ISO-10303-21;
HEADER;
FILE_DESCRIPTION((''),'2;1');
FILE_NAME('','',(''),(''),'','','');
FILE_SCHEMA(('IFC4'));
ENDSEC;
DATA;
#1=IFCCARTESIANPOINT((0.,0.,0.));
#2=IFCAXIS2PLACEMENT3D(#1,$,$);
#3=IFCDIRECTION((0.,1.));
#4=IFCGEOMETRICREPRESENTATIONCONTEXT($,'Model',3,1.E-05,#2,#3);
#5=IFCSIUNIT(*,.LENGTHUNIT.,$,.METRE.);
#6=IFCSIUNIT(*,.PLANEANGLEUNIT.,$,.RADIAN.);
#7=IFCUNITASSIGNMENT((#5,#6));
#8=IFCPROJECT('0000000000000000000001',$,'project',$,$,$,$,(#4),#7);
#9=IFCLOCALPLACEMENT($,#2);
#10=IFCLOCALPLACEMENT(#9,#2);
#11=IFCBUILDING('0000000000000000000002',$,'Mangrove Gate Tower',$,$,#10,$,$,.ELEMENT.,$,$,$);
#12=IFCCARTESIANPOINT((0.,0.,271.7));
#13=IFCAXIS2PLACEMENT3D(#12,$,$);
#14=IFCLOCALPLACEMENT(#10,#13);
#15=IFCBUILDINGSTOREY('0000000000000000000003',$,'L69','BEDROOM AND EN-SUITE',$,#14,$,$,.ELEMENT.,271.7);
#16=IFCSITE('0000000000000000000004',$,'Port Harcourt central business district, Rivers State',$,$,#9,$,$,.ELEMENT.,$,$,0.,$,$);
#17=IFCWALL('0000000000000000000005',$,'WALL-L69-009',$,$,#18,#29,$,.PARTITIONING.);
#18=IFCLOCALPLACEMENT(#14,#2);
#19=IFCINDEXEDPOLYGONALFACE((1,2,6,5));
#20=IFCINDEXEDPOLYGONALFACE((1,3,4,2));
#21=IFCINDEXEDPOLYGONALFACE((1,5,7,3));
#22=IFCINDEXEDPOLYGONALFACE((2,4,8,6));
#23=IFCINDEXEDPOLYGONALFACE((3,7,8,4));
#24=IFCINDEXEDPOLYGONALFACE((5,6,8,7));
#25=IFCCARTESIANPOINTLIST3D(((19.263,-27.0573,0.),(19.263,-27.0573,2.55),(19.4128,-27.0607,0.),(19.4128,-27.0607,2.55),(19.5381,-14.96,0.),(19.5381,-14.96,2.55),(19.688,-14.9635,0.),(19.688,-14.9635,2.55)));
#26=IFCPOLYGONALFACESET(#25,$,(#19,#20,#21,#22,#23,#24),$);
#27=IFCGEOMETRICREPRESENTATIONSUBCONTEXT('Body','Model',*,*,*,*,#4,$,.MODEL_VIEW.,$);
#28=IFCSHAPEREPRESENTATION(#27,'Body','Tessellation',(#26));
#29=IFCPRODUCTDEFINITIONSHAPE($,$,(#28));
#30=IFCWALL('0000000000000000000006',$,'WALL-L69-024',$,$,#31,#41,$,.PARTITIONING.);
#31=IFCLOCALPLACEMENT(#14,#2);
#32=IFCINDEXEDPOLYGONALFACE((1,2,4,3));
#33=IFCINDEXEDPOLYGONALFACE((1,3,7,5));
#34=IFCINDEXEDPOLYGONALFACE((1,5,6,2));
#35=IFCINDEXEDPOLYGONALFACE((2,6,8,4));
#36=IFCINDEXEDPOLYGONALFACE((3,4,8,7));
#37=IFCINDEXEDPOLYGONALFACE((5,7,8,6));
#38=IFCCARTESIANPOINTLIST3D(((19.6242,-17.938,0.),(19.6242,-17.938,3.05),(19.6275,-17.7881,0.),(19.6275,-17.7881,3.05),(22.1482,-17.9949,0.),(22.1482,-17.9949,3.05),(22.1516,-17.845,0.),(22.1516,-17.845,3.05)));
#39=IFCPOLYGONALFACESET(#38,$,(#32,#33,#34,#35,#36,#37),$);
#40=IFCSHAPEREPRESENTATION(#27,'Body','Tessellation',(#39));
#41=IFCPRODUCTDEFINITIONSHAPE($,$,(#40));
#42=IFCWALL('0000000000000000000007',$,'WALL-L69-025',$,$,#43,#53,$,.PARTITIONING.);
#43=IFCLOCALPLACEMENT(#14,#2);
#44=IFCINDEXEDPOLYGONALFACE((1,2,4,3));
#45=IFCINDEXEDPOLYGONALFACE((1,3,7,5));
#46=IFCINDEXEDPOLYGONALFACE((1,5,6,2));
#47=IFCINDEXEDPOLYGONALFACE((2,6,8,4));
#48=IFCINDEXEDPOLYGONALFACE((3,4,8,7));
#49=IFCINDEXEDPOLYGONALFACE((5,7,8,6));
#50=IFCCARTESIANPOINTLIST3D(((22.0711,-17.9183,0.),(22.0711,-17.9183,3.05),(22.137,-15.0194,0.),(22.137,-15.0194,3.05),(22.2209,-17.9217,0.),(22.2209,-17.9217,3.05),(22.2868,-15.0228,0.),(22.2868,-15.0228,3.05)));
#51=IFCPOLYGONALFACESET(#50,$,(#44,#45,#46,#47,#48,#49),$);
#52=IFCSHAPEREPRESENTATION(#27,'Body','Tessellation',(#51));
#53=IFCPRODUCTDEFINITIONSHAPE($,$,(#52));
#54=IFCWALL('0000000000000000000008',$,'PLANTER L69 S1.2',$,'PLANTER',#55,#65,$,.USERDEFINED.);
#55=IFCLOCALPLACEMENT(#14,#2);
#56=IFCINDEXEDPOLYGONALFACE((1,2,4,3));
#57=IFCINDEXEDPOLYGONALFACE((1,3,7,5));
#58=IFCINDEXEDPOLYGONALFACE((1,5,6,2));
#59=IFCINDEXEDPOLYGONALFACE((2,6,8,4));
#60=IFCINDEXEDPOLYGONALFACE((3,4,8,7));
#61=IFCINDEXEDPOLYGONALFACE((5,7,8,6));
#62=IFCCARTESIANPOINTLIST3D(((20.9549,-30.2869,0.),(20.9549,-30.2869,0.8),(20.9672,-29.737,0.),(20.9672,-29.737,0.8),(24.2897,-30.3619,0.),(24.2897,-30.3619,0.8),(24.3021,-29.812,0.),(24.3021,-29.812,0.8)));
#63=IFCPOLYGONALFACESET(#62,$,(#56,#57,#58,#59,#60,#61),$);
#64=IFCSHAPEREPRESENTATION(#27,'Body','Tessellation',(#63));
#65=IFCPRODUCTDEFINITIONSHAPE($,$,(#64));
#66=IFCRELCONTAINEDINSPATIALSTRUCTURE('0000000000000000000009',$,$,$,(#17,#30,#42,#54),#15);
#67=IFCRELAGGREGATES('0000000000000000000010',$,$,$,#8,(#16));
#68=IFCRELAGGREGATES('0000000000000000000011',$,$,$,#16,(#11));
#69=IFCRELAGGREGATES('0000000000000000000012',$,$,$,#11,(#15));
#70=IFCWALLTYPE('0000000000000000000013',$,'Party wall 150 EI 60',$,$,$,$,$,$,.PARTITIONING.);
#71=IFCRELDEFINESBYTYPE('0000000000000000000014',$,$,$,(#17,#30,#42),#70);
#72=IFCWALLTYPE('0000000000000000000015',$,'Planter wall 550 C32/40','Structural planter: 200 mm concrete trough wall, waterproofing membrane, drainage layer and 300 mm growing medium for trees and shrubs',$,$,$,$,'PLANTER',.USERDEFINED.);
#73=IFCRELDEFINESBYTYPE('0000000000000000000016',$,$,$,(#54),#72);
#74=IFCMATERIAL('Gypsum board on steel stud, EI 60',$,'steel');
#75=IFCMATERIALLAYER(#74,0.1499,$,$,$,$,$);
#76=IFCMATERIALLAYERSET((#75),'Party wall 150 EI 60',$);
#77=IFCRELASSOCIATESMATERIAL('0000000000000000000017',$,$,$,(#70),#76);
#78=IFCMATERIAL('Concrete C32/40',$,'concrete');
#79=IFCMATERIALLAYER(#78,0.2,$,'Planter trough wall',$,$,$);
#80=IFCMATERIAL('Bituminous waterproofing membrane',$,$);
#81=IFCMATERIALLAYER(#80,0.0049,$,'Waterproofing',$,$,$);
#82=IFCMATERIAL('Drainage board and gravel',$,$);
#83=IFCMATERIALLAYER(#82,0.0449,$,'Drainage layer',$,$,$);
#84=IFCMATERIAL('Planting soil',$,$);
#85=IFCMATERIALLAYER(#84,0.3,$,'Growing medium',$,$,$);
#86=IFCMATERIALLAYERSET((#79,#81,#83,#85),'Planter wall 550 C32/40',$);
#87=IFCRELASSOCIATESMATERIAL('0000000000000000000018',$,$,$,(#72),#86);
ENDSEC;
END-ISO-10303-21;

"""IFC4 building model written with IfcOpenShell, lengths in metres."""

from ifc_helpers import new_model, si_unit, direction, frame, frame_2d, origin, place, context, subcontext, project, spatial, rectangle, extrude, material, layer, layer_set, type_object, element, save


model = new_model("IFC4")

# Units and contexts
model_context = context("Model", 3, precision=1e-05, world=origin(), true_north=direction((0.0, 1.0)))
body_context = subcontext(model_context, "Body", "Model", "MODEL_VIEW")
ifc_project = project(units=[si_unit("LENGTHUNIT", "METRE"), si_unit("PLANEANGLEUNIT", "RADIAN")], contexts=[model_context])

# Site, building, storey
site_placement = place(None, origin())
site = spatial("IfcSite", under=ifc_project, at=site_placement, Name="Port Harcourt central business district, Rivers State", CompositionType="ELEMENT", RefElevation=0.0)
building_placement = place(site_placement, origin())
building = spatial("IfcBuilding", under=site, at=building_placement, Name="Mangrove Gate Tower", CompositionType="ELEMENT")
storey_placement = place(building_placement, frame((0.0, 0.0, 271.7)))
storey = spatial("IfcBuildingStorey", under=building, at=storey_placement, Name="L69", Description="BEDROOM AND EN-SUITE", CompositionType="ELEMENT", Elevation=271.7)

# Walls
ifc_material_1 = material(Name="Gypsum board on steel stud, EI 60", Category="steel")
ifc_layer_1 = layer(ifc_material_1, 0.1499)
ifc_layer_set_1 = layer_set([ifc_layer_1], Name="Party wall 150 EI 60")
wall_type_1 = type_object("IfcWallType", Name="Party wall 150 EI 60", PredefinedType="PARTITIONING", material=ifc_layer_set_1)
wall_1_placement = place(storey_placement, frame((19.3379, -27.0591, 0.0), z_axis=(0.0, 0.0, 1.0), x_axis=(0.022739, 0.999741, 0.0)))
element("IfcWall", 1, at=wall_1_placement, inside=storey, type_object=wall_type_1, Name="WALL-L69-009", PredefinedType="PARTITIONING", context=body_context, shape_type="SweptSolid", body=[
    extrude(rectangle(XDim=12.1003, YDim=0.1499, at=frame_2d((6.0503, 0.0))), origin(), (0.0, 0.0, 1.0), 2.55),
])
wall_2_placement = place(storey_placement, frame((19.626, -17.863, 0.0), z_axis=(0.0, 0.0, 1.0), x_axis=(0.999746, -0.022532, 0.0)))
element("IfcWall", 2, at=wall_2_placement, inside=storey, type_object=wall_type_1, Name="WALL-L69-024", PredefinedType="PARTITIONING", context=body_context, shape_type="SweptSolid", body=[
    extrude(rectangle(XDim=2.5247, YDim=0.1499, at=frame_2d((1.2622, 0.0))), origin(), (0.0, 0.0, 1.0), 3.05),
])
wall_3_placement = place(storey_placement, frame((22.146, -17.9199, 0.0), z_axis=(0.0, 0.0, 1.0), x_axis=(0.022733, 0.999742, 0.0)))
element("IfcWall", 3, at=wall_3_placement, inside=storey, type_object=wall_type_1, Name="WALL-L69-025", PredefinedType="PARTITIONING", context=body_context, shape_type="SweptSolid", body=[
    extrude(rectangle(XDim=2.8997, YDim=0.1499, at=frame_2d((1.4497, 0.0))), origin(), (0.0, 0.0, 1.0), 3.05),
])
ifc_material_2 = material(Name="Concrete C32/40", Category="concrete")
ifc_layer_2 = layer(ifc_material_2, 0.2, Name="Planter trough wall")
ifc_material_3 = material(Name="Bituminous waterproofing membrane")
ifc_layer_3 = layer(ifc_material_3, 0.0049, Name="Waterproofing")
ifc_material_4 = material(Name="Drainage board and gravel")
ifc_layer_4 = layer(ifc_material_4, 0.0449, Name="Drainage layer")
ifc_material_5 = material(Name="Planting soil")
ifc_layer_5 = layer(ifc_material_5, 0.3, Name="Growing medium")
ifc_layer_set_2 = layer_set([ifc_layer_2, ifc_layer_3, ifc_layer_4, ifc_layer_5], Name="Planter wall 550 C32/40")
wall_type_2 = type_object("IfcWallType", Name="Planter wall 550 C32/40", Description="Structural planter: 200 mm concrete trough wall, waterproofing membrane, drainage layer and 300 mm growing medium for trees and shrubs", ElementType="PLANTER", PredefinedType="USERDEFINED", material=ifc_layer_set_2)
wall_4_placement = place(storey_placement, frame((20.9609, -30.012, 0.0), z_axis=(0.0, 0.0, 1.0), x_axis=(0.999748, -0.022469, 0.0)))
element("IfcWall", 4, at=wall_4_placement, inside=storey, type_object=wall_type_2, Name="PLANTER L69 S1.2", ObjectType="PLANTER", PredefinedType="USERDEFINED", context=body_context, shape_type="SweptSolid", body=[
    extrude(rectangle(XDim=3.3357, YDim=0.55, at=frame_2d((1.668, 0.0))), origin(), (0.0, 0.0, 1.0), 0.8),
])

save(model, "model.ifc")
